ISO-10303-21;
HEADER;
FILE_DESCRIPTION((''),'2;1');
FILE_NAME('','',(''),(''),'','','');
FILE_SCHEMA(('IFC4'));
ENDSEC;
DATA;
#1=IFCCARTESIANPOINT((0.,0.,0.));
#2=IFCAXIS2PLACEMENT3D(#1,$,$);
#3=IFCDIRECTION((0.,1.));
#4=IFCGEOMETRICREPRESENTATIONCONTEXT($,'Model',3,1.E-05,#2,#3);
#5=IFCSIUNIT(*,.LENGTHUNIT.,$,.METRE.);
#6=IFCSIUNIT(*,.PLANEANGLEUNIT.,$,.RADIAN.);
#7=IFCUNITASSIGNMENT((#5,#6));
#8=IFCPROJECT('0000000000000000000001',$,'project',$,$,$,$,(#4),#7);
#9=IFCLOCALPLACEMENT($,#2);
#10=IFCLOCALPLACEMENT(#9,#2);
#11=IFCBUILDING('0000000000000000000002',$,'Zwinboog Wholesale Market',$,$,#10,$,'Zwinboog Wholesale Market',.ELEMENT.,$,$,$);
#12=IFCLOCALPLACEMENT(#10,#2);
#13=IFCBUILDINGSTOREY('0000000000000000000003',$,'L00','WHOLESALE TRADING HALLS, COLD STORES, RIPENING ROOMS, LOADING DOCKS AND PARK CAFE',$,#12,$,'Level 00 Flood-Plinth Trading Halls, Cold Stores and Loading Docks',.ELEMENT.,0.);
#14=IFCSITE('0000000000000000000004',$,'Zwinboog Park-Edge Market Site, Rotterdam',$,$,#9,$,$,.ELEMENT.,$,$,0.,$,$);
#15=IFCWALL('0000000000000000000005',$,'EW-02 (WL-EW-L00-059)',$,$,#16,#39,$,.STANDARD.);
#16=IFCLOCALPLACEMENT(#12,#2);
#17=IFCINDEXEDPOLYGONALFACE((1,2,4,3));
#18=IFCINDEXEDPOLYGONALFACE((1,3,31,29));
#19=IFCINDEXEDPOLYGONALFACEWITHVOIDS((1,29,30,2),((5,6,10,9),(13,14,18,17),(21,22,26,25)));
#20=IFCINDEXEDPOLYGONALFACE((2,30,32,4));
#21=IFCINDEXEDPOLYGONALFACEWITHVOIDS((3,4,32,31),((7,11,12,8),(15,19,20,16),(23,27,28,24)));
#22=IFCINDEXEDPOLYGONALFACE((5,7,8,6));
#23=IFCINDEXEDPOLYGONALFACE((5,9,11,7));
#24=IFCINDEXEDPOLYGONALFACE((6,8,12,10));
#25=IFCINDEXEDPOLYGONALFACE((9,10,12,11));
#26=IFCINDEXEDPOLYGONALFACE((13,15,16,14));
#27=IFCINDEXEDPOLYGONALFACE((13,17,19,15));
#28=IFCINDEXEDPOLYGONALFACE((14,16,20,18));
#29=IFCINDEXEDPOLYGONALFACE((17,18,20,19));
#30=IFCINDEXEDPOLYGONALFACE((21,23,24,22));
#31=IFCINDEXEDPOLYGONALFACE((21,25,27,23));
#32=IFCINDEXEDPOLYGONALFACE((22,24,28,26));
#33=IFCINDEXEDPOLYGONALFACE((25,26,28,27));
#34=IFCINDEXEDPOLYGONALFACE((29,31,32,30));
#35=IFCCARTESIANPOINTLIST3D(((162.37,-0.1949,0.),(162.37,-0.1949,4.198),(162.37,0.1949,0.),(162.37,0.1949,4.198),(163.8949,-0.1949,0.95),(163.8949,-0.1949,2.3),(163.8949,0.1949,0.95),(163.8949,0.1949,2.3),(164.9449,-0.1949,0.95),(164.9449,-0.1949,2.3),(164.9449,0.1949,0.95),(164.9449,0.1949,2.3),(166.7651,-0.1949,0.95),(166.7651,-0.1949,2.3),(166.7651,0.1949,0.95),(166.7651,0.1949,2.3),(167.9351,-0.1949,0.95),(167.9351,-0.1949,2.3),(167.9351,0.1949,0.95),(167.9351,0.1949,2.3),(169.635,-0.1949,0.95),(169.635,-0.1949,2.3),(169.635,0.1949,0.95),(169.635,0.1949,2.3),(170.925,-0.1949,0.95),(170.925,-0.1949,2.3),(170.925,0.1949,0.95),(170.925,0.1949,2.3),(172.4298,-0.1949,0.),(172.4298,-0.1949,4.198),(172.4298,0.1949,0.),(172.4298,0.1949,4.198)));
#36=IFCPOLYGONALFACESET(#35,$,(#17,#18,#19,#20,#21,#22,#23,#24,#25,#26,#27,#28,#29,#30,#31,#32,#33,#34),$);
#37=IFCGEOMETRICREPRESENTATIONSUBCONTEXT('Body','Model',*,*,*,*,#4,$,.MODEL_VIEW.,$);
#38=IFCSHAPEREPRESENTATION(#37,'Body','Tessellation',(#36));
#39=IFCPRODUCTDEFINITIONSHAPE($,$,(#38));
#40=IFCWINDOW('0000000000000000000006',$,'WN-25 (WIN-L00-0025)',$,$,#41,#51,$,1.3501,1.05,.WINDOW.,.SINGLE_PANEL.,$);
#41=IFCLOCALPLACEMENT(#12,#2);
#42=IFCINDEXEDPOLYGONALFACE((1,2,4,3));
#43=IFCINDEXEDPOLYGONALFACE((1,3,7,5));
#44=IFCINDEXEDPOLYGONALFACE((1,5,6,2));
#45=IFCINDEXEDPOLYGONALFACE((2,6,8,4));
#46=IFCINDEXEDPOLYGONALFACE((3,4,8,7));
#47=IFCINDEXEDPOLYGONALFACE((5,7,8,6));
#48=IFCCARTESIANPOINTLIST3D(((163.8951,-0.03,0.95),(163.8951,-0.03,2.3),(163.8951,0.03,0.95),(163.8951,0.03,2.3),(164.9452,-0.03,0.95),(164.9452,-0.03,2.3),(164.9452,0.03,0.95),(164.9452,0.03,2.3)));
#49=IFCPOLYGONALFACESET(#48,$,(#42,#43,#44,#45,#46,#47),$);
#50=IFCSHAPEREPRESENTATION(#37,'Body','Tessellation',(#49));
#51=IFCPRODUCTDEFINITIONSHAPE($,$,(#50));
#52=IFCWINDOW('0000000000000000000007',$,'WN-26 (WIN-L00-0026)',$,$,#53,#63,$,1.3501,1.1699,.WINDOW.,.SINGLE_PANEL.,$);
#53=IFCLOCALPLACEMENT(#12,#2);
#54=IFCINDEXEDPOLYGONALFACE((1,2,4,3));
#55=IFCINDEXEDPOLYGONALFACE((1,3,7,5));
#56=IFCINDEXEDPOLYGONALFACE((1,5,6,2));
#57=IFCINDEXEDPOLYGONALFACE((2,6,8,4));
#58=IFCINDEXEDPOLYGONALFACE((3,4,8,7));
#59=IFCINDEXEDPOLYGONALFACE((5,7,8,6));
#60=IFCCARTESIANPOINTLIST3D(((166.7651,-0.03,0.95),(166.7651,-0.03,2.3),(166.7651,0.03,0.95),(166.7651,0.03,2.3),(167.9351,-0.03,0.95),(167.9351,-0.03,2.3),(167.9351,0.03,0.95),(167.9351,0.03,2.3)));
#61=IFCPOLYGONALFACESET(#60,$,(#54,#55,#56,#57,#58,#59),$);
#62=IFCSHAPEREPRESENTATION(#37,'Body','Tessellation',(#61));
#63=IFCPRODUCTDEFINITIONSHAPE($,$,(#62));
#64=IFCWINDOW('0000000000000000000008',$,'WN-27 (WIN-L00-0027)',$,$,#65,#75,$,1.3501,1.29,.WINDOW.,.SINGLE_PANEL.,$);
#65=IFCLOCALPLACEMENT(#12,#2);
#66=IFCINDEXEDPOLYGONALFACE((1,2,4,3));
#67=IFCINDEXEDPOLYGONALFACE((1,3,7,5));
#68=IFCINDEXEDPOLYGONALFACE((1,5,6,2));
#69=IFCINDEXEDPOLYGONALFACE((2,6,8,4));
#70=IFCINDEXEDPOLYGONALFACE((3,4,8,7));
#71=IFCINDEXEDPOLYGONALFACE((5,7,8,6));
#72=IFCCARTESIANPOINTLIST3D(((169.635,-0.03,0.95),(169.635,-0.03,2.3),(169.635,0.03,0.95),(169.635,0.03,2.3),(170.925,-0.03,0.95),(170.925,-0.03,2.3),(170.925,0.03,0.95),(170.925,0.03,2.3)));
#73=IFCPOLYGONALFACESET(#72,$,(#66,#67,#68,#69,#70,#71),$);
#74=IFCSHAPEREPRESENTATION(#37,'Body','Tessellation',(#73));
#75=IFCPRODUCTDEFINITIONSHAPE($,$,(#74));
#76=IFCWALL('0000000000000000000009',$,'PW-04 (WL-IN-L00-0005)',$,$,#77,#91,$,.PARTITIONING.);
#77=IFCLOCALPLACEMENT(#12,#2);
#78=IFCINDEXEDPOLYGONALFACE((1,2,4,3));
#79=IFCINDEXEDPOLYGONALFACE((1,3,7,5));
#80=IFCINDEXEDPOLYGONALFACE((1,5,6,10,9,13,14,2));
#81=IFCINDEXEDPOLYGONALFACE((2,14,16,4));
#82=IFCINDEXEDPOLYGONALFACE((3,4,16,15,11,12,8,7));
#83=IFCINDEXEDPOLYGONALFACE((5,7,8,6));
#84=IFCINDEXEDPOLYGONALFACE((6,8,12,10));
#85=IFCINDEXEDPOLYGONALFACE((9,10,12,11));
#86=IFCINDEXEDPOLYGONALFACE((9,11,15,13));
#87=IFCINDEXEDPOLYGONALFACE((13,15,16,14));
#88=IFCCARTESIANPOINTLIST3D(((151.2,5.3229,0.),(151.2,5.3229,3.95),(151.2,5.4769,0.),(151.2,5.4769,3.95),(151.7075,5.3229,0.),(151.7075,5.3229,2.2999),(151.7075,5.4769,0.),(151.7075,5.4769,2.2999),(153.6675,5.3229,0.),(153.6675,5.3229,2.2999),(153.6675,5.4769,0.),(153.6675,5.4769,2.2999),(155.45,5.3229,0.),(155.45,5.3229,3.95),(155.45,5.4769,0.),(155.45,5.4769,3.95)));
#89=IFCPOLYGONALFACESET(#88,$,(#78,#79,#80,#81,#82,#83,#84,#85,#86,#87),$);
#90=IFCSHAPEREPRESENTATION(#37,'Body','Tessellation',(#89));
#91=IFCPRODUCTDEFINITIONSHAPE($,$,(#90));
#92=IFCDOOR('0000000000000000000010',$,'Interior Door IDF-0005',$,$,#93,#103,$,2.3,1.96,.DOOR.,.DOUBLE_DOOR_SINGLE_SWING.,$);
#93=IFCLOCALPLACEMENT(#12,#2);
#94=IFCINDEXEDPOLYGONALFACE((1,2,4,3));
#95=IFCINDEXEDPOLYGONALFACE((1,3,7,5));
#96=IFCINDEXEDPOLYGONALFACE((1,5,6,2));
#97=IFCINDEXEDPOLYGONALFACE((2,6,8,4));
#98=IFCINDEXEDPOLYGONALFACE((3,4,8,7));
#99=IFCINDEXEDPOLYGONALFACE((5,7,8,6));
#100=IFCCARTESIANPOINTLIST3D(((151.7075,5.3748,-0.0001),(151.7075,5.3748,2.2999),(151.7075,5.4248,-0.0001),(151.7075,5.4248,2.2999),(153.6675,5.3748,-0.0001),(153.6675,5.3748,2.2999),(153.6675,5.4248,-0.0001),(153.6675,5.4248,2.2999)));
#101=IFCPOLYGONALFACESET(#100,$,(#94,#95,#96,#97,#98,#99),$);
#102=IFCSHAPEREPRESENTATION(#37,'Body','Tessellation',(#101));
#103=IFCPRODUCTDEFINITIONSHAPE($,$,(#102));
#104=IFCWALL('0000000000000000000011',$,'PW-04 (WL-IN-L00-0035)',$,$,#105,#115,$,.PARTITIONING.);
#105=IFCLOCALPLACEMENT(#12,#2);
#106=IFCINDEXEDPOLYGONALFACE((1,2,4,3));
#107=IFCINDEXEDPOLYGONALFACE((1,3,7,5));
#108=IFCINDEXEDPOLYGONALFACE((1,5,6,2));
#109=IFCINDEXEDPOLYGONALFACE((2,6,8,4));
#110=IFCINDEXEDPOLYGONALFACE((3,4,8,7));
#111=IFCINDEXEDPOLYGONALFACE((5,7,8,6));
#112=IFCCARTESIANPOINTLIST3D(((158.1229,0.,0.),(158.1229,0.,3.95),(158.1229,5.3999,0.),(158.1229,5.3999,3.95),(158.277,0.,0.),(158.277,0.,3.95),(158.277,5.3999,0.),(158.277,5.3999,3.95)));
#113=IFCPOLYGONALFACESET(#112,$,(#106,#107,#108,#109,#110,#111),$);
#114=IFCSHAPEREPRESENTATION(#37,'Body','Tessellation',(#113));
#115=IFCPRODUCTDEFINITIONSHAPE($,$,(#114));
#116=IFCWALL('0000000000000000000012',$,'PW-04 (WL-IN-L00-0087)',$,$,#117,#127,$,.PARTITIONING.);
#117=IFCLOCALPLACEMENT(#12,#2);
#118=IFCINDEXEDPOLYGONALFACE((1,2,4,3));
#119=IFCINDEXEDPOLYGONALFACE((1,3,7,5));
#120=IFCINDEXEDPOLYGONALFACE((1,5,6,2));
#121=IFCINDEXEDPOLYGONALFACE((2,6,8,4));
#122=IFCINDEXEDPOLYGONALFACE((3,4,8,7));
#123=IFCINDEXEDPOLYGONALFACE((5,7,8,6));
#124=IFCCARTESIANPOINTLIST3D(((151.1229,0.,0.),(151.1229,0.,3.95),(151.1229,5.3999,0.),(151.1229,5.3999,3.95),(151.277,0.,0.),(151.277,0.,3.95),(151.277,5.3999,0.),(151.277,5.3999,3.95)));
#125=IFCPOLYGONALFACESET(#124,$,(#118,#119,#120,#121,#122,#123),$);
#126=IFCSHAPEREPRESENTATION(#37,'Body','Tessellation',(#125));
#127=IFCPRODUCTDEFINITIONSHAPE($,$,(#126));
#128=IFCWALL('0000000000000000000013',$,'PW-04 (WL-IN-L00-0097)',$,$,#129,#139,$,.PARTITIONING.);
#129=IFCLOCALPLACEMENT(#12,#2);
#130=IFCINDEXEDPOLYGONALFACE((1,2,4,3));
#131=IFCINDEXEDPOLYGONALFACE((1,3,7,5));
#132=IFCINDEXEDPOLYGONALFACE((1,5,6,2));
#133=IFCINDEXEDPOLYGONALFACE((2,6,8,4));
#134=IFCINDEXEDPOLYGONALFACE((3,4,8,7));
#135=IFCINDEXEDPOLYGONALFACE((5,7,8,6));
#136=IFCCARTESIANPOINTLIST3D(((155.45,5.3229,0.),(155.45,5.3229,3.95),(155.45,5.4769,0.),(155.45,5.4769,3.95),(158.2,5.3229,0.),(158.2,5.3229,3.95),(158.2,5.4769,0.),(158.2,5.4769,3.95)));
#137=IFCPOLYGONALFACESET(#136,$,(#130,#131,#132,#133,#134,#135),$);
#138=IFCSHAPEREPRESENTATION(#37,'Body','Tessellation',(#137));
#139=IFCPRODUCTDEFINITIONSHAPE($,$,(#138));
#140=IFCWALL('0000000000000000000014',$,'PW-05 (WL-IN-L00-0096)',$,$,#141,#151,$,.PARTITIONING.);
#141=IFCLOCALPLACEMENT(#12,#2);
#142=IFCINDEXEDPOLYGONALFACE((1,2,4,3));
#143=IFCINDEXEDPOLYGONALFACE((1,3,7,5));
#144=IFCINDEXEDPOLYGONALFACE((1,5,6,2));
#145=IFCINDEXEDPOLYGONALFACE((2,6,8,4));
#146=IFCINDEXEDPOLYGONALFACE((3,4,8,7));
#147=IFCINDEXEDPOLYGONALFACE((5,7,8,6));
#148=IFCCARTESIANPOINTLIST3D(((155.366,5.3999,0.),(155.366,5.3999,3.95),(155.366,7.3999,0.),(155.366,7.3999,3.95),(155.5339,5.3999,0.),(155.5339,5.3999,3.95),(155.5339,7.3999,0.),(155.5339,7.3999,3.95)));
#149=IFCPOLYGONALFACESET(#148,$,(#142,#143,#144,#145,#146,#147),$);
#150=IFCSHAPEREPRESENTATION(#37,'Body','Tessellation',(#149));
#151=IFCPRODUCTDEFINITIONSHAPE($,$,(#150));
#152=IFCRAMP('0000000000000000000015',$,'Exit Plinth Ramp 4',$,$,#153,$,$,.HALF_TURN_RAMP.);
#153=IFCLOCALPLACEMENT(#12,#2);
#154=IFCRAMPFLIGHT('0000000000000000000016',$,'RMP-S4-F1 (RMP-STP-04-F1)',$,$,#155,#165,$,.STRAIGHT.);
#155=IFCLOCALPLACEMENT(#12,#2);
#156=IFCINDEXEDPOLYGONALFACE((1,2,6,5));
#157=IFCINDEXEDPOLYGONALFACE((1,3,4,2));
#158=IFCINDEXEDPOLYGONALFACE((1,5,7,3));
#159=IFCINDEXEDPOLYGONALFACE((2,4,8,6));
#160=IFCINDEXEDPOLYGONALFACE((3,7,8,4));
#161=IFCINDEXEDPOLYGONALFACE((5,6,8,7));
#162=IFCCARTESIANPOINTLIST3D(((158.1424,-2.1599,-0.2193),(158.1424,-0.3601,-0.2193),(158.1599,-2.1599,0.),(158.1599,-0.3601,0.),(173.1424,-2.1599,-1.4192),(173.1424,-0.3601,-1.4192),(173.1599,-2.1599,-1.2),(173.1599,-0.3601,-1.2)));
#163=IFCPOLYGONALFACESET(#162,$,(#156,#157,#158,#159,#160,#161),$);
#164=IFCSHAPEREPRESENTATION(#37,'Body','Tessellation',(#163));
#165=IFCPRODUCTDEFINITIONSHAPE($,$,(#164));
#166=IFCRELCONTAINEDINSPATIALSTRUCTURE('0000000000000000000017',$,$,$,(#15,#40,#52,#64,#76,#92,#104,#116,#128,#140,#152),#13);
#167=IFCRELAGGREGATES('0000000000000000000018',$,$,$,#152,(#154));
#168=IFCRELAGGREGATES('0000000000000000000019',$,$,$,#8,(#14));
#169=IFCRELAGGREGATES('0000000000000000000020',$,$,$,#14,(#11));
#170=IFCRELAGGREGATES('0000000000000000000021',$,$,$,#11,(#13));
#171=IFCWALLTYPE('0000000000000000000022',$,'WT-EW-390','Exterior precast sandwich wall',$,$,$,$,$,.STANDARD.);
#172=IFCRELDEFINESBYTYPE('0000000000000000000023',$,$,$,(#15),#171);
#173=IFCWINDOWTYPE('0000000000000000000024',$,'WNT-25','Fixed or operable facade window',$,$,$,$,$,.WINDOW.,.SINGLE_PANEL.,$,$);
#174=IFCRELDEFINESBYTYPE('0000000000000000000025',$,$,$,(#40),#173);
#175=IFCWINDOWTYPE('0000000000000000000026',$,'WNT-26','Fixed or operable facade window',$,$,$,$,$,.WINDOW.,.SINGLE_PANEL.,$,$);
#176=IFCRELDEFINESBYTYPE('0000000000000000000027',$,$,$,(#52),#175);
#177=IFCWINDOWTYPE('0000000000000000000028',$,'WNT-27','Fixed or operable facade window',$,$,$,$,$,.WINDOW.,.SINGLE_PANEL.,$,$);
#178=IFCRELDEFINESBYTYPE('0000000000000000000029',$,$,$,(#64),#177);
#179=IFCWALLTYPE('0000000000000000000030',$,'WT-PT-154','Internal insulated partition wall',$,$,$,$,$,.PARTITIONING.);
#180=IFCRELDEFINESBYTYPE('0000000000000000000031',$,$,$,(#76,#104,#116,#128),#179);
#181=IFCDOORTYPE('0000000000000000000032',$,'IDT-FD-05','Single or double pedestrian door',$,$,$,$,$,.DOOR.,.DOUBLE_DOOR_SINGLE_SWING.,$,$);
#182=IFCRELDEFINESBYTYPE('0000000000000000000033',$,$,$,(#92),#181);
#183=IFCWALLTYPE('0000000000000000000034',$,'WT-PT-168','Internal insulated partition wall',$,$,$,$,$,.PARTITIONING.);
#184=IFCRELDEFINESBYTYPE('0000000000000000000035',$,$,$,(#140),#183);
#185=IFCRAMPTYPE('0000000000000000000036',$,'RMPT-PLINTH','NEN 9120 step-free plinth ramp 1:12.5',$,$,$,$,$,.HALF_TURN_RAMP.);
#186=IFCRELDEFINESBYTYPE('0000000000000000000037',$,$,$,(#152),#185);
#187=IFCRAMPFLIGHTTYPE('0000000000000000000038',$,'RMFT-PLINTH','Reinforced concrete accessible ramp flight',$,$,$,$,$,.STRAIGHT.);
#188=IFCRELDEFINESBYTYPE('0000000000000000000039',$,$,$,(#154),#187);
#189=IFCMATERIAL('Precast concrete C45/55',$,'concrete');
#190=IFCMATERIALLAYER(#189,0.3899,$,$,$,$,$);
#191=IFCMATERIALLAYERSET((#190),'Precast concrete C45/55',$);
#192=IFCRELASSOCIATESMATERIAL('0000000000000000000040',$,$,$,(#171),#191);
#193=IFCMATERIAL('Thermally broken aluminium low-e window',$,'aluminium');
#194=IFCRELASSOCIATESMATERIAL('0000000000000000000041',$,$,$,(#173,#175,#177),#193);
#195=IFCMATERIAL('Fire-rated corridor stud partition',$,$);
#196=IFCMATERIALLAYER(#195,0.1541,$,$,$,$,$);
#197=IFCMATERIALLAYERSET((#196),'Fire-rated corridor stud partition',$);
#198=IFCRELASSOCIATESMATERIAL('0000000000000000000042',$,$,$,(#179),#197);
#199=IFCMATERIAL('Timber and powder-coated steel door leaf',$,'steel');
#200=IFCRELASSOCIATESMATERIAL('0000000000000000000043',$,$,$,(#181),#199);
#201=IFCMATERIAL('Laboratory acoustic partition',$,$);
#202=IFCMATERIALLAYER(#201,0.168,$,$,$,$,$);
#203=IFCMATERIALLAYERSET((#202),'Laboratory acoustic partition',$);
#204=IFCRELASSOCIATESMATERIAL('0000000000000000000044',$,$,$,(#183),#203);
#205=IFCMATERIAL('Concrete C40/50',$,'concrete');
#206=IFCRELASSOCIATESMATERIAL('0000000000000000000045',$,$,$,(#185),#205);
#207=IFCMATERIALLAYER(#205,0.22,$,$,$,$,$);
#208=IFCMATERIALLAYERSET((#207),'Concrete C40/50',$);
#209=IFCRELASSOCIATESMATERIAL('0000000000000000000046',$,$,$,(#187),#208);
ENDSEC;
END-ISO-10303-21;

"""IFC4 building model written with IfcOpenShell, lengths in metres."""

from ifc_helpers import new_model, si_unit, direction, frame, frame_2d, origin, place, context, subcontext, project, spatial, polyline, rectangle, outline, extrude, material, layer, layer_set, type_object, element, fill, aggregate, save


model = new_model("IFC4")

# Units and contexts
model_context = context("Model", 3, precision=1e-05, world=origin(), true_north=direction((0.0, 1.0)))
body_context = subcontext(model_context, "Body", "Model", "MODEL_VIEW")
ifc_project = project(units=[si_unit("LENGTHUNIT", "METRE"), si_unit("PLANEANGLEUNIT", "RADIAN")], contexts=[model_context])

# Site, building, storey
site_placement = place(None, origin())
site = spatial("IfcSite", under=ifc_project, at=site_placement, Name="Zwinboog Park-Edge Market Site, Rotterdam", CompositionType="ELEMENT", RefElevation=0.0)
building_placement = place(site_placement, origin())
building = spatial("IfcBuilding", under=site, at=building_placement, Name="Zwinboog Wholesale Market", LongName="Zwinboog Wholesale Market", CompositionType="ELEMENT")
storey_placement = place(building_placement, origin())
storey = spatial("IfcBuildingStorey", under=building, at=storey_placement, Name="L00", Description="WHOLESALE TRADING HALLS, COLD STORES, RIPENING ROOMS, LOADING DOCKS AND PARK CAFE", LongName="Level 00 Flood-Plinth Trading Halls, Cold Stores and Loading Docks", CompositionType="ELEMENT", Elevation=0.0)

# Shared definitions
ifc_material_1 = material(Name="Concrete C40/50", Category="concrete")

# Shared definitions
ifc_material_2 = material(Name="Precast concrete C45/55", Category="concrete")

# Shared definitions
ifc_layer_1 = layer(ifc_material_2, 0.3899)
ifc_layer_set_1 = layer_set([ifc_layer_1], Name="Precast concrete C45/55")
wall_type_1 = type_object("IfcWallType", Name="WT-EW-390", Description="Exterior precast sandwich wall", PredefinedType="STANDARD", material=ifc_layer_set_1)

# Wall, openings, windows
wall_1_placement = place(storey_placement, frame((162.3701, 0.0, 0.0), z_axis=(0.0, 0.0, 1.0), x_axis=(1.0, 0.0, 0.0)))
wall_1 = element("IfcWall", 1, at=wall_1_placement, inside=storey, type_object=wall_type_1, Name="EW-02 (WL-EW-L00-059)", PredefinedType="STANDARD", context=body_context, shape_type="SweptSolid", body=[
    extrude(rectangle(XDim=10.0598, YDim=0.3899, at=frame_2d((5.0298, 0.0))), origin(), (0.0, 0.0, 1.0), 4.198),
])
opening_1_placement = place(wall_1_placement, frame((1.5249, 0.0, 0.95)))
opening_1 = element("IfcOpeningElement", 2, at=opening_1_placement, cuts=wall_1, PredefinedType="OPENING", context=body_context, shape_type="SweptSolid", body=[
    extrude(rectangle(XDim=1.05, YDim=1.3501, at=frame_2d((0.5249, 0.675))), frame((0.0, 0.2048, 0.0), z_axis=(0.0, -1.0, 0.0), x_axis=(1.0, 0.0, 0.0)), (0.0, 0.0, 1.0), 0.4099),
])
opening_2_placement = place(wall_1_placement, frame((4.395, 0.0, 0.95)))
opening_2 = element("IfcOpeningElement", 3, at=opening_2_placement, cuts=wall_1, PredefinedType="OPENING", context=body_context, shape_type="SweptSolid", body=[
    extrude(rectangle(XDim=1.1699, YDim=1.3501, at=frame_2d((0.585, 0.675))), frame((0.0, 0.2048, 0.0), z_axis=(0.0, -1.0, 0.0), x_axis=(1.0, 0.0, 0.0)), (0.0, 0.0, 1.0), 0.4099),
])
opening_3_placement = place(wall_1_placement, frame((7.2649, 0.0, 0.95)))
opening_3 = element("IfcOpeningElement", 4, at=opening_3_placement, cuts=wall_1, PredefinedType="OPENING", context=body_context, shape_type="SweptSolid", body=[
    extrude(rectangle(XDim=1.29, YDim=1.3501, at=frame_2d((0.645, 0.675))), frame((0.0, 0.2048, 0.0), z_axis=(0.0, -1.0, 0.0), x_axis=(1.0, 0.0, 0.0)), (0.0, 0.0, 1.0), 0.4099),
])
ifc_material_3 = material(Name="Thermally broken aluminium low-e window", Category="aluminium")
window_type_1 = type_object("IfcWindowType", Name="WNT-25", Description="Fixed or operable facade window", PartitioningType="SINGLE_PANEL", PredefinedType="WINDOW", material=ifc_material_3)
window_1_placement = place(opening_1_placement, frame((1.05, 0.0, 0.0), z_axis=(0.0, 0.0, 1.0), x_axis=(-1.0, 0.0, 0.0)))
window_1 = element("IfcWindow", 5, at=window_1_placement, inside=storey, type_object=window_type_1, Name="WN-25 (WIN-L00-0025)", OverallHeight=1.3501, OverallWidth=1.05, PartitioningType="SINGLE_PANEL", PredefinedType="WINDOW", context=body_context, shape_type="SweptSolid", body=[
    extrude(rectangle(XDim=1.05, YDim=1.3501, at=frame_2d((0.5249, 0.675))), frame((0.0, 0.03, 0.0), z_axis=(0.0, -1.0, 0.0), x_axis=(1.0, 0.0, 0.0)), (0.0, 0.0, 1.0), 0.0601),
])
fill(opening_1, window_1)
window_type_2 = type_object("IfcWindowType", Name="WNT-26", Description="Fixed or operable facade window", PartitioningType="SINGLE_PANEL", PredefinedType="WINDOW", material=ifc_material_3)
window_2_placement = place(opening_2_placement, frame((1.1699, 0.0, 0.0), z_axis=(0.0, 0.0, 1.0), x_axis=(-1.0, 0.0, 0.0)))
window_2 = element("IfcWindow", 6, at=window_2_placement, inside=storey, type_object=window_type_2, Name="WN-26 (WIN-L00-0026)", OverallHeight=1.3501, OverallWidth=1.1699, PartitioningType="SINGLE_PANEL", PredefinedType="WINDOW", context=body_context, shape_type="SweptSolid", body=[
    extrude(rectangle(XDim=1.1699, YDim=1.3501, at=frame_2d((0.585, 0.675))), frame((0.0, 0.03, 0.0), z_axis=(0.0, -1.0, 0.0), x_axis=(1.0, 0.0, 0.0)), (0.0, 0.0, 1.0), 0.0601),
])
fill(opening_2, window_2)
window_type_3 = type_object("IfcWindowType", Name="WNT-27", Description="Fixed or operable facade window", PartitioningType="SINGLE_PANEL", PredefinedType="WINDOW", material=ifc_material_3)
window_3_placement = place(opening_3_placement, frame((1.29, 0.0, 0.0), z_axis=(0.0, 0.0, 1.0), x_axis=(-1.0, 0.0, 0.0)))
window_3 = element("IfcWindow", 7, at=window_3_placement, inside=storey, type_object=window_type_3, Name="WN-27 (WIN-L00-0027)", OverallHeight=1.3501, OverallWidth=1.29, PartitioningType="SINGLE_PANEL", PredefinedType="WINDOW", context=body_context, shape_type="SweptSolid", body=[
    extrude(rectangle(XDim=1.29, YDim=1.3501, at=frame_2d((0.645, 0.675))), frame((0.0, 0.03, 0.0), z_axis=(0.0, -1.0, 0.0), x_axis=(1.0, 0.0, 0.0)), (0.0, 0.0, 1.0), 0.0601),
])
fill(opening_3, window_3)

# Wall, opening, door
ifc_material_4 = material(Name="Fire-rated corridor stud partition")
ifc_layer_2 = layer(ifc_material_4, 0.1541)
ifc_layer_set_2 = layer_set([ifc_layer_2], Name="Fire-rated corridor stud partition")
wall_type_2 = type_object("IfcWallType", Name="WT-PT-154", Description="Internal insulated partition wall", PredefinedType="PARTITIONING", material=ifc_layer_set_2)
wall_2_placement = place(storey_placement, frame((151.2, 5.3999, 0.0), z_axis=(0.0, 0.0, 1.0), x_axis=(1.0, 0.0, 0.0)))
wall_2 = element("IfcWall", 8, at=wall_2_placement, inside=storey, type_object=wall_type_2, Name="PW-04 (WL-IN-L00-0005)", PredefinedType="PARTITIONING", context=body_context, shape_type="SweptSolid", body=[
    extrude(rectangle(XDim=4.25, YDim=0.1541, at=frame_2d((2.125, 0.0))), origin(), (0.0, 0.0, 1.0), 3.95),
])
opening_4_placement = place(wall_2_placement, frame((0.5076, 0.0, 0.0)))
opening_4 = element("IfcOpeningElement", 9, at=opening_4_placement, cuts=wall_2, PredefinedType="OPENING", context=body_context, shape_type="SweptSolid", body=[
    extrude(rectangle(XDim=1.96, YDim=2.3, at=frame_2d((0.98, 1.1499))), frame((0.0, 0.0869, 0.0), z_axis=(0.0, -1.0, 0.0), x_axis=(1.0, 0.0, 0.0)), (0.0, 0.0, 1.0), 0.1741),
])
ifc_material_5 = material(Name="Timber and powder-coated steel door leaf", Category="steel")
door_type_1 = type_object("IfcDoorType", Name="IDT-FD-05", Description="Single or double pedestrian door", OperationType="DOUBLE_DOOR_SINGLE_SWING", PredefinedType="DOOR", material=ifc_material_5)
door_1_placement = place(opening_4_placement, origin())
door_1 = element("IfcDoor", 10, at=door_1_placement, inside=storey, type_object=door_type_1, Name="Interior Door IDF-0005", OperationType="DOUBLE_DOOR_SINGLE_SWING", OverallHeight=2.3, OverallWidth=1.96, PredefinedType="DOOR", context=body_context, shape_type="SweptSolid", body=[
    extrude(rectangle(XDim=1.96, YDim=2.3, at=frame_2d((0.98, 1.1499))), frame((0.0, 0.0249, 0.0), z_axis=(0.0, -1.0, 0.0), x_axis=(1.0, 0.0, 0.0)), (0.0, 0.0, 1.0), 0.05),
])
fill(opening_4, door_1)

# Walls
for number, where, z_axis, x_axis, name in (
    (11, (158.2, 0.0, 0.0), (0.0, 0.0, 1.0), (0.0, 1.0, 0.0), "PW-04 (WL-IN-L00-0035)"),
    (12, (151.2, 0.0, 0.0), (0.0, 0.0, 1.0), (0.0, 1.0, 0.0), "PW-04 (WL-IN-L00-0087)"),
):
    element("IfcWall", number, at=place(storey_placement, frame(where, z_axis=z_axis, x_axis=x_axis)), inside=storey, type_object=wall_type_2, Name=name, PredefinedType="PARTITIONING", context=body_context, shape_type="SweptSolid", body=[
        extrude(rectangle(XDim=5.3999, YDim=0.1541, at=frame_2d((2.7, 0.0))), origin(), (0.0, 0.0, 1.0), 3.95),
    ])
wall_3_placement = place(storey_placement, frame((155.45, 5.3999, 0.0), z_axis=(0.0, 0.0, 1.0), x_axis=(1.0, 0.0, 0.0)))
element("IfcWall", 13, at=wall_3_placement, inside=storey, type_object=wall_type_2, Name="PW-04 (WL-IN-L00-0097)", PredefinedType="PARTITIONING", context=body_context, shape_type="SweptSolid", body=[
    extrude(rectangle(XDim=2.75, YDim=0.1541, at=frame_2d((1.375, 0.0))), origin(), (0.0, 0.0, 1.0), 3.95),
])
ifc_material_6 = material(Name="Laboratory acoustic partition")
ifc_layer_3 = layer(ifc_material_6, 0.168)
ifc_layer_set_3 = layer_set([ifc_layer_3], Name="Laboratory acoustic partition")
wall_type_3 = type_object("IfcWallType", Name="WT-PT-168", Description="Internal insulated partition wall", PredefinedType="PARTITIONING", material=ifc_layer_set_3)
wall_4_placement = place(storey_placement, frame((155.45, 5.3999, 0.0), z_axis=(0.0, 0.0, 1.0), x_axis=(0.0, 1.0, 0.0)))
element("IfcWall", 14, at=wall_4_placement, inside=storey, type_object=wall_type_3, Name="PW-05 (WL-IN-L00-0096)", PredefinedType="PARTITIONING", context=body_context, shape_type="SweptSolid", body=[
    extrude(rectangle(XDim=2.0, YDim=0.168, at=frame_2d((1.0, 0.0))), origin(), (0.0, 0.0, 1.0), 3.95),
])

# Ramp, ramp flight
ramp_type = type_object("IfcRampType", Name="RMPT-PLINTH", Description="NEN 9120 step-free plinth ramp 1:12.5", PredefinedType="HALF_TURN_RAMP", material=ifc_material_1)
ramp_placement = place(storey_placement, origin())
ramp = element("IfcRamp", 15, at=ramp_placement, inside=storey, type_object=ramp_type, Name="Exit Plinth Ramp 4", PredefinedType="HALF_TURN_RAMP")
ifc_layer_4 = layer(ifc_material_1, 0.22)
ifc_layer_set_4 = layer_set([ifc_layer_4], Name="Concrete C40/50")
ramp_flight_type = type_object("IfcRampFlightType", Name="RMFT-PLINTH", Description="Reinforced concrete accessible ramp flight", PredefinedType="STRAIGHT", material=ifc_layer_set_4)
ramp_flight_placement = place(storey_placement, frame((158.1599, -2.1599, 0.0), z_axis=(0.079742, 0.0, 0.996816), x_axis=(0.996816, 0.0, -0.079742)))
ramp_flight = element("IfcRampFlight", 16, at=ramp_flight_placement, type_object=ramp_flight_type, Name="RMP-S4-F1 (RMP-STP-04-F1)", PredefinedType="STRAIGHT", context=body_context, shape_type="SweptSolid", body=[
    extrude(outline(polyline([(0.0, 0.0), (15.0479, 0.0), (15.0479, 1.7998), (0.0, 1.7998), (0.0, 0.0)])), origin(), (0.0, 0.0, -1.0), 0.22),
])
aggregate(ramp, [ramp_flight])

save(model, "model.ifc")
